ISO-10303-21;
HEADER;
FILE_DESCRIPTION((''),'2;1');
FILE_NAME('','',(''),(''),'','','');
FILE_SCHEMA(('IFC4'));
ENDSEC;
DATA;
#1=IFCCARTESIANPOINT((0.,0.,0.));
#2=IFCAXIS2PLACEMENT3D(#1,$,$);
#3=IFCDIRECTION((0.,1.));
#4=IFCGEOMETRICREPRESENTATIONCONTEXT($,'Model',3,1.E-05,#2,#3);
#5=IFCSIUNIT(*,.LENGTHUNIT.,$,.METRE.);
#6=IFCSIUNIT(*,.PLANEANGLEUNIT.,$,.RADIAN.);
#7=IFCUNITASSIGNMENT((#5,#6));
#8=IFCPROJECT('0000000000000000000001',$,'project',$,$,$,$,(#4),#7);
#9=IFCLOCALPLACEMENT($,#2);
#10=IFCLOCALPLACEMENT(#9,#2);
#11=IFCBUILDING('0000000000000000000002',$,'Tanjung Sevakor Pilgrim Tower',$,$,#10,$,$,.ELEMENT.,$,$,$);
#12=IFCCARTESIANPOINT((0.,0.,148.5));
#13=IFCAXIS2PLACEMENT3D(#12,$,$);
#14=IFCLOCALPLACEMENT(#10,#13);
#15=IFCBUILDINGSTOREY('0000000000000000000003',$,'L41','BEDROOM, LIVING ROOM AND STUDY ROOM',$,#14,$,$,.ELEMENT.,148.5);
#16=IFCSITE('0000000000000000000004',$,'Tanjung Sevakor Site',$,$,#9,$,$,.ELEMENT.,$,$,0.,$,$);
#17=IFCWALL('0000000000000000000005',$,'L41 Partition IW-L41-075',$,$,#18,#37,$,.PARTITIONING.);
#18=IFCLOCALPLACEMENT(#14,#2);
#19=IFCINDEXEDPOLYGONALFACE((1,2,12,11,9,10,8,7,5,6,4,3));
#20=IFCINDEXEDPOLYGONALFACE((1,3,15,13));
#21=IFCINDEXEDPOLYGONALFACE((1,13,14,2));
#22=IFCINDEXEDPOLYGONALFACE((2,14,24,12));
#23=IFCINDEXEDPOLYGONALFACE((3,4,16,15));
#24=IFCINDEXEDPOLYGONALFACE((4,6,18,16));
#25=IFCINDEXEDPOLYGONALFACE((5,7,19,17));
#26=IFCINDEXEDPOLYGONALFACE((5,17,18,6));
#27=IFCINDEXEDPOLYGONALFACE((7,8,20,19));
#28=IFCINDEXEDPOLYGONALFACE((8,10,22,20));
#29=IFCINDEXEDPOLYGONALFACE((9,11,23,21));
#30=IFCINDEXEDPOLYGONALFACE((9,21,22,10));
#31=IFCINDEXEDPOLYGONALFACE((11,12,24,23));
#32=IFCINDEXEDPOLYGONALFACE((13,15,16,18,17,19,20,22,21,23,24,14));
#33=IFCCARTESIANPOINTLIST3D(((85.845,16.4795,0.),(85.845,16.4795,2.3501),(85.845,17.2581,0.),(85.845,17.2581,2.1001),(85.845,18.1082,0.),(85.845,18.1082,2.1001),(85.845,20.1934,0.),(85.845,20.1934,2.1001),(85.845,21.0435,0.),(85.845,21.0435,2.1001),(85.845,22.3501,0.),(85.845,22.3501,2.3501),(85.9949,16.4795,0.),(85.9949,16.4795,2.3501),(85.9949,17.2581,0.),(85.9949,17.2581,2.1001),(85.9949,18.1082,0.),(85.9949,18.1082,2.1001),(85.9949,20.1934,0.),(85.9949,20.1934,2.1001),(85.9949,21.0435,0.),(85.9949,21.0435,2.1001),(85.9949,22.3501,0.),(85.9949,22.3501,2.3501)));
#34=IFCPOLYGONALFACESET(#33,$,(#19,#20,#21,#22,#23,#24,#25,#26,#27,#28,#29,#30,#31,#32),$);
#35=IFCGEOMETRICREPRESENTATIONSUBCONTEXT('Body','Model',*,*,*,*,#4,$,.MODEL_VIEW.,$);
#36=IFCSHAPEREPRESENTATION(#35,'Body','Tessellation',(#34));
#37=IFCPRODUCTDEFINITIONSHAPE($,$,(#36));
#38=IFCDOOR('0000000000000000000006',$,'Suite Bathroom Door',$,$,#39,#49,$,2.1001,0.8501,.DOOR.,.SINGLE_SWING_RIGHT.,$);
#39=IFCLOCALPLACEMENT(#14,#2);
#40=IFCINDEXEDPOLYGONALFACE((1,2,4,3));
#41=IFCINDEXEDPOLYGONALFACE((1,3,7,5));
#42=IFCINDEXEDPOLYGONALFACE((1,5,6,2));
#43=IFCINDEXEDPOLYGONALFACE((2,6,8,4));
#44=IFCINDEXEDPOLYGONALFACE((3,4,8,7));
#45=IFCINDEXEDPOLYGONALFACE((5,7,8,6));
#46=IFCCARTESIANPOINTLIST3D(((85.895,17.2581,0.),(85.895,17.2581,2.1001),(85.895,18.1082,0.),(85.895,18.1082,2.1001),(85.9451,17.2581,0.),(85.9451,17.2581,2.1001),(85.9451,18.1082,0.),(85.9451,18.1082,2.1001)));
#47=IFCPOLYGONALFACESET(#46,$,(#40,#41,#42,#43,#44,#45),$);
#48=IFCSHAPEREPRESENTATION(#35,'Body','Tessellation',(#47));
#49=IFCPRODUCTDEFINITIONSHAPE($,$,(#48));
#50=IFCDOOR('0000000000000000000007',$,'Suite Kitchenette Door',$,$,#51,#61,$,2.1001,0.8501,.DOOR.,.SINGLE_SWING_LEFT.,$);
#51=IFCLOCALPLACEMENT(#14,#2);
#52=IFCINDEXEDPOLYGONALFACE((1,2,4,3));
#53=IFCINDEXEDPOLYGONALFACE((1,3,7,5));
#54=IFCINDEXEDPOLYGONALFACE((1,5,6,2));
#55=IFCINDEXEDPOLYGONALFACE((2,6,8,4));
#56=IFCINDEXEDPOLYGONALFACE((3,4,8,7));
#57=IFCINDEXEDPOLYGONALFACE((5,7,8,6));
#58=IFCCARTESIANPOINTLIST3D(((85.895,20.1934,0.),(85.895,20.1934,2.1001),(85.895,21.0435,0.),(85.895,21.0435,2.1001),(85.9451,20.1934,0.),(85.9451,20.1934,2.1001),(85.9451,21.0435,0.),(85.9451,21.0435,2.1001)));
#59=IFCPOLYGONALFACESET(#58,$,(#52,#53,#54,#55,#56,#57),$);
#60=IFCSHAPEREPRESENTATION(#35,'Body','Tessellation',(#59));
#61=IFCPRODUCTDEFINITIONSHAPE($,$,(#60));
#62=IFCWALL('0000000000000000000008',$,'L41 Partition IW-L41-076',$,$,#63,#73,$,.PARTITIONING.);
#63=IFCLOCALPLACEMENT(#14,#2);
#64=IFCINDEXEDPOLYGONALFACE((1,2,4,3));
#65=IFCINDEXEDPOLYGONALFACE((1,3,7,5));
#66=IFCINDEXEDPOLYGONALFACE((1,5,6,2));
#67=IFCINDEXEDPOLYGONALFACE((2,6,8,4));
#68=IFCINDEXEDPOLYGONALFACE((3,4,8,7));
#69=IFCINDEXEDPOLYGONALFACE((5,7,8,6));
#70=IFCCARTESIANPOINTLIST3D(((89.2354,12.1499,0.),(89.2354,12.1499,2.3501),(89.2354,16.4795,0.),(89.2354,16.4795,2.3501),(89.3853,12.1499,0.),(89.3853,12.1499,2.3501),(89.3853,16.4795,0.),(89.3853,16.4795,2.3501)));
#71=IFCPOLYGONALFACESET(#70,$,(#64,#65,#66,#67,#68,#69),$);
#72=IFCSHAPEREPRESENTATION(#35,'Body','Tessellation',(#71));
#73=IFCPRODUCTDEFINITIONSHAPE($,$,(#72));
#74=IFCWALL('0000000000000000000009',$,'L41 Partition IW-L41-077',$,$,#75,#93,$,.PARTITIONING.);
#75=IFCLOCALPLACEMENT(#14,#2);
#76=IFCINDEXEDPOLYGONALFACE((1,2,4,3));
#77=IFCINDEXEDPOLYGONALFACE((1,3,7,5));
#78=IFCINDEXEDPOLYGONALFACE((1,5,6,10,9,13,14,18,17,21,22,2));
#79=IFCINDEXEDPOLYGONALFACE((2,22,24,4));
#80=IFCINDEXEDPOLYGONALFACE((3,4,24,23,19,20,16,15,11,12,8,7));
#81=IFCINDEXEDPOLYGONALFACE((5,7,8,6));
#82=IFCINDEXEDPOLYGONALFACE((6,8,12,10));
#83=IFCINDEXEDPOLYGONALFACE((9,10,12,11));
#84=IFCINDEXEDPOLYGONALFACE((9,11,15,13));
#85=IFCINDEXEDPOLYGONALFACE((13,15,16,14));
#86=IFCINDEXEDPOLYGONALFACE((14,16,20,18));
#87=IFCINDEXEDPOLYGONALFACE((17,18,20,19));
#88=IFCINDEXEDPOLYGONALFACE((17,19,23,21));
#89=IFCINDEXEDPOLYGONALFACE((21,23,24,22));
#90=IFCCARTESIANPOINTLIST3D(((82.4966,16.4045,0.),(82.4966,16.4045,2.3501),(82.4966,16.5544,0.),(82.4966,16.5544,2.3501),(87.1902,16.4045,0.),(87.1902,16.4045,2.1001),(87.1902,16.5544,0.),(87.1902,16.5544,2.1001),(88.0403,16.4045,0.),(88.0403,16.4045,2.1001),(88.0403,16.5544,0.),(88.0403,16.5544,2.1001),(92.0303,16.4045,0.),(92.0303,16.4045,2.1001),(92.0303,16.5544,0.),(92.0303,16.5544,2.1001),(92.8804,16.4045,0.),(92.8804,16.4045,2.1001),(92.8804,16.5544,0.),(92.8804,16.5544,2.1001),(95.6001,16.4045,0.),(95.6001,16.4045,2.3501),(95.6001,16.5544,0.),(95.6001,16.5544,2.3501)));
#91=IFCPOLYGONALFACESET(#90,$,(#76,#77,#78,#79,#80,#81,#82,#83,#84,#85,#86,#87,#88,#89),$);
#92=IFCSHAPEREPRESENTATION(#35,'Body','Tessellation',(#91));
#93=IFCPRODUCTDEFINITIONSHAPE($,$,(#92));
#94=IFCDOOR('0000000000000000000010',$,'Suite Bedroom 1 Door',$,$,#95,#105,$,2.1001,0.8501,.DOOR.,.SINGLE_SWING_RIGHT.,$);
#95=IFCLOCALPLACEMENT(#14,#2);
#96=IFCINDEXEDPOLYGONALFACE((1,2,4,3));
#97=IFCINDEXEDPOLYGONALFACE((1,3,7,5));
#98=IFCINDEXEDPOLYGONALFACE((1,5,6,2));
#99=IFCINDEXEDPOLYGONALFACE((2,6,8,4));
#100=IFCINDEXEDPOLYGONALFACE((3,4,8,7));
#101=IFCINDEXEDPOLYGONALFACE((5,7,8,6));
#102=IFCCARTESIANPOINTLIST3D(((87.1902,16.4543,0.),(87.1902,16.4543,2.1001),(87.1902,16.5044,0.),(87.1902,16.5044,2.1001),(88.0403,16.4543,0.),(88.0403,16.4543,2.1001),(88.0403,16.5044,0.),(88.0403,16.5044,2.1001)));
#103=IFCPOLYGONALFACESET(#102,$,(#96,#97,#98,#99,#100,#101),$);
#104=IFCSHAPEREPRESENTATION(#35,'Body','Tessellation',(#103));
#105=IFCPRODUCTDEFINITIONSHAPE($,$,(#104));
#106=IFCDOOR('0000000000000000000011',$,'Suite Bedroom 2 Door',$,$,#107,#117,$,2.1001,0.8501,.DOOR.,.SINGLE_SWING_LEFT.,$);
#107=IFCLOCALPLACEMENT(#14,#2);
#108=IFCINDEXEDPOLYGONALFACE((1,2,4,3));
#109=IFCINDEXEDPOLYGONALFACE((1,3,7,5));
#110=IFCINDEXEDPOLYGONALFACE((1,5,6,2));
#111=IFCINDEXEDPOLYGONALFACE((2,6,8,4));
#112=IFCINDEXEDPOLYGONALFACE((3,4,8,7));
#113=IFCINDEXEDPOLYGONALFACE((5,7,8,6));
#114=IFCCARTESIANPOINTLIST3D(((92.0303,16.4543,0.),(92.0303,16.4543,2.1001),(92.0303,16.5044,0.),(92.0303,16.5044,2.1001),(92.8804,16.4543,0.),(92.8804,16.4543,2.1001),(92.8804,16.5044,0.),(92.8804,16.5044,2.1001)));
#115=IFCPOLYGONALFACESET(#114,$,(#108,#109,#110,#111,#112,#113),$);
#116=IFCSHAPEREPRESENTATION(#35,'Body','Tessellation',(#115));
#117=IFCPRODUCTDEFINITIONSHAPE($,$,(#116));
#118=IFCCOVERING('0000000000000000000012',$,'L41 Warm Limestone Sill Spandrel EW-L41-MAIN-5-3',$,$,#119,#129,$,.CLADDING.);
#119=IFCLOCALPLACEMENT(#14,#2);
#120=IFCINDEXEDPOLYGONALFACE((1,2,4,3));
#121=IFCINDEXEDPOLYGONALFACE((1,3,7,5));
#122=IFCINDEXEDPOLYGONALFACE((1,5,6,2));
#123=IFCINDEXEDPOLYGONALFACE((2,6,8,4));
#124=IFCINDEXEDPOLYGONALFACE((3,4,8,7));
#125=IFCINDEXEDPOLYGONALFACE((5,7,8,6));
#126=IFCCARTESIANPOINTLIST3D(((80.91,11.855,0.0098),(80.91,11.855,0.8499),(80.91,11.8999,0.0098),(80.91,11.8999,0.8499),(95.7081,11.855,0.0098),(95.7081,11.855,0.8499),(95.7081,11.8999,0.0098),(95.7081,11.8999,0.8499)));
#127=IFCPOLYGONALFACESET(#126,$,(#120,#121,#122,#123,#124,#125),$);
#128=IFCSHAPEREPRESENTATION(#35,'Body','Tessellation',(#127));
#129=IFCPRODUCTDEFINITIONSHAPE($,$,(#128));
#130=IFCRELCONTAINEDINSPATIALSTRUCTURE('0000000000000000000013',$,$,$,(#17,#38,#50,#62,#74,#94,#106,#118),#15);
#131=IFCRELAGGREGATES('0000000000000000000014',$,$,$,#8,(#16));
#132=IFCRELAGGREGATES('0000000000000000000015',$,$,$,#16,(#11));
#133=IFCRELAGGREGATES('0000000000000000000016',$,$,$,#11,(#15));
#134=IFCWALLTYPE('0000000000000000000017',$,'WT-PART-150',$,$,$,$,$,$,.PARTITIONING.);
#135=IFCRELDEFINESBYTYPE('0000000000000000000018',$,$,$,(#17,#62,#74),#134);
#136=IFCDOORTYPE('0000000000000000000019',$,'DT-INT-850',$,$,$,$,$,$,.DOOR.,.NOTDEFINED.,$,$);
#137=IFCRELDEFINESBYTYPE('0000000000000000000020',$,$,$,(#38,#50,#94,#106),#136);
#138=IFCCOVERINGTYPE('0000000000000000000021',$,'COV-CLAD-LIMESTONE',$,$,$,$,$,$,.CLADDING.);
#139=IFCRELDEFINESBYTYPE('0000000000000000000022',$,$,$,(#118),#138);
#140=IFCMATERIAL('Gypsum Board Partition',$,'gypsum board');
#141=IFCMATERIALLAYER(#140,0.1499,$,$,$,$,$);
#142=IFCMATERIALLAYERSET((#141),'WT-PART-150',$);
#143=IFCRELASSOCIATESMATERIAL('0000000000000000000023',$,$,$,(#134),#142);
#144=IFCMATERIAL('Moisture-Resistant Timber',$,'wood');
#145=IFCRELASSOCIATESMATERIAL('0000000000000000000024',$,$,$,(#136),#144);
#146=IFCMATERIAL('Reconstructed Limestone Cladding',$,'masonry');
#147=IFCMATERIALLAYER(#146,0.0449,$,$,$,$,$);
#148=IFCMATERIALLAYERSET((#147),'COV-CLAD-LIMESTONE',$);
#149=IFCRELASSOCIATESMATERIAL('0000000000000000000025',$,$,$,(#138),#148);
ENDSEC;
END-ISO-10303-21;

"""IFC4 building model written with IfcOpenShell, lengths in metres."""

from ifc_helpers import new_model, si_unit, direction, frame, frame_2d, origin, origin_2d, place, context, subcontext, project, spatial, rectangle, extrude, material, layer, layer_set, type_object, element, fill, save


model = new_model("IFC4")

# Units and contexts
model_context = context("Model", 3, precision=1e-05, world=origin(), true_north=direction((0.0, 1.0)))
body_context = subcontext(model_context, "Body", "Model", "MODEL_VIEW")
ifc_project = project(units=[si_unit("LENGTHUNIT", "METRE"), si_unit("PLANEANGLEUNIT", "RADIAN")], contexts=[model_context])

# Site, building, storey
site_placement = place(None, origin())
site = spatial("IfcSite", under=ifc_project, at=site_placement, Name="Tanjung Sevakor Site", CompositionType="ELEMENT", RefElevation=0.0)
building_placement = place(site_placement, origin())
building = spatial("IfcBuilding", under=site, at=building_placement, Name="Tanjung Sevakor Pilgrim Tower", CompositionType="ELEMENT")
storey_placement = place(building_placement, frame((0.0, 0.0, 148.5)))
storey = spatial("IfcBuildingStorey", under=building, at=storey_placement, Name="L41", Description="BEDROOM, LIVING ROOM AND STUDY ROOM", CompositionType="ELEMENT", Elevation=148.5)

# Shared definitions
ifc_material_1 = material(Name="Gypsum Board Partition", Category="gypsum board")
ifc_layer_1 = layer(ifc_material_1, 0.1499)
ifc_layer_set_1 = layer_set([ifc_layer_1], Name="WT-PART-150")
wall_type_1 = type_object("IfcWallType", Name="WT-PART-150", PredefinedType="PARTITIONING", material=ifc_layer_set_1)

# Wall, openings, doors
wall_1_placement = place(storey_placement, frame((85.9199, 16.4795, 0.0), z_axis=(0.0, 0.0, 1.0), x_axis=(0.0, 1.0, 0.0)))
wall_1 = element("IfcWall", 1, at=wall_1_placement, inside=storey, type_object=wall_type_1, Name="L41 Partition IW-L41-075", PredefinedType="PARTITIONING", context=body_context, shape_type="SweptSolid", body=[
    extrude(rectangle(XDim=5.8706, YDim=0.1499, at=frame_2d((2.9353, 0.0))), origin(), (0.0, 0.0, 1.0), 2.3501),
])
opening_1_placement = place(wall_1_placement, frame((0.7786, 0.0, 0.0)))
opening_1 = element("IfcOpeningElement", 2, at=opening_1_placement, cuts=wall_1, PredefinedType="OPENING", context=body_context, shape_type="SweptSolid", body=[
    extrude(rectangle(XDim=0.8501, YDim=2.1001, at=frame_2d((0.425, 1.05))), frame((0.0, 0.085, 0.0), z_axis=(0.0, -1.0, 0.0), x_axis=(1.0, 0.0, 0.0)), (0.0, 0.0, 1.0), 0.1699),
])
opening_2_placement = place(wall_1_placement, frame((3.7139, 0.0, 0.0)))
opening_2 = element("IfcOpeningElement", 3, at=opening_2_placement, cuts=wall_1, PredefinedType="OPENING", context=body_context, shape_type="SweptSolid", body=[
    extrude(rectangle(XDim=0.8501, YDim=2.1001, at=frame_2d((0.425, 1.05))), frame((0.0, 0.085, 0.0), z_axis=(0.0, -1.0, 0.0), x_axis=(1.0, 0.0, 0.0)), (0.0, 0.0, 1.0), 0.1699),
])
ifc_material_2 = material(Name="Moisture-Resistant Timber", Category="wood")
door_type_1 = type_object("IfcDoorType", Name="DT-INT-850", OperationType="NOTDEFINED", PredefinedType="DOOR", material=ifc_material_2)
door_1_placement = place(opening_1_placement, origin())
door_1 = element("IfcDoor", 4, at=door_1_placement, inside=storey, type_object=door_type_1, Name="Suite Bathroom Door", OperationType="SINGLE_SWING_RIGHT", OverallHeight=2.1001, OverallWidth=0.8501, PredefinedType="DOOR", context=body_context, shape_type="SweptSolid", body=[
    extrude(rectangle(XDim=0.8501, YDim=2.1001, at=frame_2d((0.425, 1.05))), frame((0.0, 0.0249, 0.0), z_axis=(0.0, -1.0, 0.0), x_axis=(1.0, 0.0, 0.0)), (0.0, 0.0, 1.0), 0.05),
])
fill(opening_1, door_1)
door_2_placement = place(opening_2_placement, origin())
door_2 = element("IfcDoor", 5, at=door_2_placement, inside=storey, type_object=door_type_1, Name="Suite Kitchenette Door", OperationType="SINGLE_SWING_LEFT", OverallHeight=2.1001, OverallWidth=0.8501, PredefinedType="DOOR", context=body_context, shape_type="SweptSolid", body=[
    extrude(rectangle(XDim=0.8501, YDim=2.1001, at=frame_2d((0.425, 1.05))), frame((0.0, 0.0249, 0.0), z_axis=(0.0, -1.0, 0.0), x_axis=(1.0, 0.0, 0.0)), (0.0, 0.0, 1.0), 0.05),
])
fill(opening_2, door_2)

# Wall
wall_2_placement = place(storey_placement, frame((89.3103, 12.1499, 0.0), z_axis=(0.0, 0.0, 1.0), x_axis=(0.0, 1.0, 0.0)))
element("IfcWall", 6, at=wall_2_placement, inside=storey, type_object=wall_type_1, Name="L41 Partition IW-L41-076", PredefinedType="PARTITIONING", context=body_context, shape_type="SweptSolid", body=[
    extrude(rectangle(XDim=4.3296, YDim=0.1499, at=frame_2d((2.1648, 0.0))), origin(), (0.0, 0.0, 1.0), 2.3501),
])

# Wall, openings, doors
wall_3_placement = place(storey_placement, frame((82.4966, 16.4795, 0.0), z_axis=(0.0, 0.0, 1.0), x_axis=(1.0, 0.0, 0.0)))
wall_3 = element("IfcWall", 7, at=wall_3_placement, inside=storey, type_object=wall_type_1, Name="L41 Partition IW-L41-077", PredefinedType="PARTITIONING", context=body_context, shape_type="SweptSolid", body=[
    extrude(rectangle(XDim=13.1035, YDim=0.1499, at=frame_2d((6.5518, 0.0))), origin(), (0.0, 0.0, 1.0), 2.3501),
])
opening_3_placement = place(wall_3_placement, frame((4.6936, 0.0, 0.0)))
opening_3 = element("IfcOpeningElement", 8, at=opening_3_placement, cuts=wall_3, PredefinedType="OPENING", context=body_context, shape_type="SweptSolid", body=[
    extrude(rectangle(XDim=0.8501, YDim=2.1001, at=frame_2d((0.425, 1.05))), frame((0.0, 0.085, 0.0), z_axis=(0.0, -1.0, 0.0), x_axis=(1.0, 0.0, 0.0)), (0.0, 0.0, 1.0), 0.1699),
])
opening_4_placement = place(wall_3_placement, frame((9.5337, 0.0, 0.0)))
opening_4 = element("IfcOpeningElement", 9, at=opening_4_placement, cuts=wall_3, PredefinedType="OPENING", context=body_context, shape_type="SweptSolid", body=[
    extrude(rectangle(XDim=0.8501, YDim=2.1001, at=frame_2d((0.425, 1.05))), frame((0.0, 0.085, 0.0), z_axis=(0.0, -1.0, 0.0), x_axis=(1.0, 0.0, 0.0)), (0.0, 0.0, 1.0), 0.1699),
])
door_3_placement = place(opening_3_placement, origin())
door_3 = element("IfcDoor", 10, at=door_3_placement, inside=storey, type_object=door_type_1, Name="Suite Bedroom 1 Door", OperationType="SINGLE_SWING_RIGHT", OverallHeight=2.1001, OverallWidth=0.8501, PredefinedType="DOOR", context=body_context, shape_type="SweptSolid", body=[
    extrude(rectangle(XDim=0.8501, YDim=2.1001, at=frame_2d((0.425, 1.05))), frame((0.0, 0.0249, 0.0), z_axis=(0.0, -1.0, 0.0), x_axis=(1.0, 0.0, 0.0)), (0.0, 0.0, 1.0), 0.05),
])
fill(opening_3, door_3)
door_4_placement = place(opening_4_placement, origin())
door_4 = element("IfcDoor", 11, at=door_4_placement, inside=storey, type_object=door_type_1, Name="Suite Bedroom 2 Door", OperationType="SINGLE_SWING_LEFT", OverallHeight=2.1001, OverallWidth=0.8501, PredefinedType="DOOR", context=body_context, shape_type="SweptSolid", body=[
    extrude(rectangle(XDim=0.8501, YDim=2.1001, at=frame_2d((0.425, 1.05))), frame((0.0, 0.0249, 0.0), z_axis=(0.0, -1.0, 0.0), x_axis=(1.0, 0.0, 0.0)), (0.0, 0.0, 1.0), 0.05),
])
fill(opening_4, door_4)

# Covering
ifc_material_3 = material(Name="Reconstructed Limestone Cladding", Category="masonry")
ifc_layer_2 = layer(ifc_material_3, 0.0449)
ifc_layer_set_2 = layer_set([ifc_layer_2], Name="COV-CLAD-LIMESTONE")
covering_type = type_object("IfcCoveringType", Name="COV-CLAD-LIMESTONE", PredefinedType="CLADDING", material=ifc_layer_set_2)
covering_placement = place(storey_placement, frame((88.3091, 11.8774, 0.0098), z_axis=(0.0, 0.0, 1.0), x_axis=(1.0, 0.0, 0.0)))
element("IfcCovering", 12, at=covering_placement, inside=storey, type_object=covering_type, Name="L41 Warm Limestone Sill Spandrel EW-L41-MAIN-5-3", PredefinedType="CLADDING", context=body_context, shape_type="SweptSolid", body=[
    extrude(rectangle(XDim=14.7981, YDim=0.0449, at=origin_2d()), origin(), (0.0, 0.0, 1.0), 0.8401),
])

save(model, "model.ifc")
